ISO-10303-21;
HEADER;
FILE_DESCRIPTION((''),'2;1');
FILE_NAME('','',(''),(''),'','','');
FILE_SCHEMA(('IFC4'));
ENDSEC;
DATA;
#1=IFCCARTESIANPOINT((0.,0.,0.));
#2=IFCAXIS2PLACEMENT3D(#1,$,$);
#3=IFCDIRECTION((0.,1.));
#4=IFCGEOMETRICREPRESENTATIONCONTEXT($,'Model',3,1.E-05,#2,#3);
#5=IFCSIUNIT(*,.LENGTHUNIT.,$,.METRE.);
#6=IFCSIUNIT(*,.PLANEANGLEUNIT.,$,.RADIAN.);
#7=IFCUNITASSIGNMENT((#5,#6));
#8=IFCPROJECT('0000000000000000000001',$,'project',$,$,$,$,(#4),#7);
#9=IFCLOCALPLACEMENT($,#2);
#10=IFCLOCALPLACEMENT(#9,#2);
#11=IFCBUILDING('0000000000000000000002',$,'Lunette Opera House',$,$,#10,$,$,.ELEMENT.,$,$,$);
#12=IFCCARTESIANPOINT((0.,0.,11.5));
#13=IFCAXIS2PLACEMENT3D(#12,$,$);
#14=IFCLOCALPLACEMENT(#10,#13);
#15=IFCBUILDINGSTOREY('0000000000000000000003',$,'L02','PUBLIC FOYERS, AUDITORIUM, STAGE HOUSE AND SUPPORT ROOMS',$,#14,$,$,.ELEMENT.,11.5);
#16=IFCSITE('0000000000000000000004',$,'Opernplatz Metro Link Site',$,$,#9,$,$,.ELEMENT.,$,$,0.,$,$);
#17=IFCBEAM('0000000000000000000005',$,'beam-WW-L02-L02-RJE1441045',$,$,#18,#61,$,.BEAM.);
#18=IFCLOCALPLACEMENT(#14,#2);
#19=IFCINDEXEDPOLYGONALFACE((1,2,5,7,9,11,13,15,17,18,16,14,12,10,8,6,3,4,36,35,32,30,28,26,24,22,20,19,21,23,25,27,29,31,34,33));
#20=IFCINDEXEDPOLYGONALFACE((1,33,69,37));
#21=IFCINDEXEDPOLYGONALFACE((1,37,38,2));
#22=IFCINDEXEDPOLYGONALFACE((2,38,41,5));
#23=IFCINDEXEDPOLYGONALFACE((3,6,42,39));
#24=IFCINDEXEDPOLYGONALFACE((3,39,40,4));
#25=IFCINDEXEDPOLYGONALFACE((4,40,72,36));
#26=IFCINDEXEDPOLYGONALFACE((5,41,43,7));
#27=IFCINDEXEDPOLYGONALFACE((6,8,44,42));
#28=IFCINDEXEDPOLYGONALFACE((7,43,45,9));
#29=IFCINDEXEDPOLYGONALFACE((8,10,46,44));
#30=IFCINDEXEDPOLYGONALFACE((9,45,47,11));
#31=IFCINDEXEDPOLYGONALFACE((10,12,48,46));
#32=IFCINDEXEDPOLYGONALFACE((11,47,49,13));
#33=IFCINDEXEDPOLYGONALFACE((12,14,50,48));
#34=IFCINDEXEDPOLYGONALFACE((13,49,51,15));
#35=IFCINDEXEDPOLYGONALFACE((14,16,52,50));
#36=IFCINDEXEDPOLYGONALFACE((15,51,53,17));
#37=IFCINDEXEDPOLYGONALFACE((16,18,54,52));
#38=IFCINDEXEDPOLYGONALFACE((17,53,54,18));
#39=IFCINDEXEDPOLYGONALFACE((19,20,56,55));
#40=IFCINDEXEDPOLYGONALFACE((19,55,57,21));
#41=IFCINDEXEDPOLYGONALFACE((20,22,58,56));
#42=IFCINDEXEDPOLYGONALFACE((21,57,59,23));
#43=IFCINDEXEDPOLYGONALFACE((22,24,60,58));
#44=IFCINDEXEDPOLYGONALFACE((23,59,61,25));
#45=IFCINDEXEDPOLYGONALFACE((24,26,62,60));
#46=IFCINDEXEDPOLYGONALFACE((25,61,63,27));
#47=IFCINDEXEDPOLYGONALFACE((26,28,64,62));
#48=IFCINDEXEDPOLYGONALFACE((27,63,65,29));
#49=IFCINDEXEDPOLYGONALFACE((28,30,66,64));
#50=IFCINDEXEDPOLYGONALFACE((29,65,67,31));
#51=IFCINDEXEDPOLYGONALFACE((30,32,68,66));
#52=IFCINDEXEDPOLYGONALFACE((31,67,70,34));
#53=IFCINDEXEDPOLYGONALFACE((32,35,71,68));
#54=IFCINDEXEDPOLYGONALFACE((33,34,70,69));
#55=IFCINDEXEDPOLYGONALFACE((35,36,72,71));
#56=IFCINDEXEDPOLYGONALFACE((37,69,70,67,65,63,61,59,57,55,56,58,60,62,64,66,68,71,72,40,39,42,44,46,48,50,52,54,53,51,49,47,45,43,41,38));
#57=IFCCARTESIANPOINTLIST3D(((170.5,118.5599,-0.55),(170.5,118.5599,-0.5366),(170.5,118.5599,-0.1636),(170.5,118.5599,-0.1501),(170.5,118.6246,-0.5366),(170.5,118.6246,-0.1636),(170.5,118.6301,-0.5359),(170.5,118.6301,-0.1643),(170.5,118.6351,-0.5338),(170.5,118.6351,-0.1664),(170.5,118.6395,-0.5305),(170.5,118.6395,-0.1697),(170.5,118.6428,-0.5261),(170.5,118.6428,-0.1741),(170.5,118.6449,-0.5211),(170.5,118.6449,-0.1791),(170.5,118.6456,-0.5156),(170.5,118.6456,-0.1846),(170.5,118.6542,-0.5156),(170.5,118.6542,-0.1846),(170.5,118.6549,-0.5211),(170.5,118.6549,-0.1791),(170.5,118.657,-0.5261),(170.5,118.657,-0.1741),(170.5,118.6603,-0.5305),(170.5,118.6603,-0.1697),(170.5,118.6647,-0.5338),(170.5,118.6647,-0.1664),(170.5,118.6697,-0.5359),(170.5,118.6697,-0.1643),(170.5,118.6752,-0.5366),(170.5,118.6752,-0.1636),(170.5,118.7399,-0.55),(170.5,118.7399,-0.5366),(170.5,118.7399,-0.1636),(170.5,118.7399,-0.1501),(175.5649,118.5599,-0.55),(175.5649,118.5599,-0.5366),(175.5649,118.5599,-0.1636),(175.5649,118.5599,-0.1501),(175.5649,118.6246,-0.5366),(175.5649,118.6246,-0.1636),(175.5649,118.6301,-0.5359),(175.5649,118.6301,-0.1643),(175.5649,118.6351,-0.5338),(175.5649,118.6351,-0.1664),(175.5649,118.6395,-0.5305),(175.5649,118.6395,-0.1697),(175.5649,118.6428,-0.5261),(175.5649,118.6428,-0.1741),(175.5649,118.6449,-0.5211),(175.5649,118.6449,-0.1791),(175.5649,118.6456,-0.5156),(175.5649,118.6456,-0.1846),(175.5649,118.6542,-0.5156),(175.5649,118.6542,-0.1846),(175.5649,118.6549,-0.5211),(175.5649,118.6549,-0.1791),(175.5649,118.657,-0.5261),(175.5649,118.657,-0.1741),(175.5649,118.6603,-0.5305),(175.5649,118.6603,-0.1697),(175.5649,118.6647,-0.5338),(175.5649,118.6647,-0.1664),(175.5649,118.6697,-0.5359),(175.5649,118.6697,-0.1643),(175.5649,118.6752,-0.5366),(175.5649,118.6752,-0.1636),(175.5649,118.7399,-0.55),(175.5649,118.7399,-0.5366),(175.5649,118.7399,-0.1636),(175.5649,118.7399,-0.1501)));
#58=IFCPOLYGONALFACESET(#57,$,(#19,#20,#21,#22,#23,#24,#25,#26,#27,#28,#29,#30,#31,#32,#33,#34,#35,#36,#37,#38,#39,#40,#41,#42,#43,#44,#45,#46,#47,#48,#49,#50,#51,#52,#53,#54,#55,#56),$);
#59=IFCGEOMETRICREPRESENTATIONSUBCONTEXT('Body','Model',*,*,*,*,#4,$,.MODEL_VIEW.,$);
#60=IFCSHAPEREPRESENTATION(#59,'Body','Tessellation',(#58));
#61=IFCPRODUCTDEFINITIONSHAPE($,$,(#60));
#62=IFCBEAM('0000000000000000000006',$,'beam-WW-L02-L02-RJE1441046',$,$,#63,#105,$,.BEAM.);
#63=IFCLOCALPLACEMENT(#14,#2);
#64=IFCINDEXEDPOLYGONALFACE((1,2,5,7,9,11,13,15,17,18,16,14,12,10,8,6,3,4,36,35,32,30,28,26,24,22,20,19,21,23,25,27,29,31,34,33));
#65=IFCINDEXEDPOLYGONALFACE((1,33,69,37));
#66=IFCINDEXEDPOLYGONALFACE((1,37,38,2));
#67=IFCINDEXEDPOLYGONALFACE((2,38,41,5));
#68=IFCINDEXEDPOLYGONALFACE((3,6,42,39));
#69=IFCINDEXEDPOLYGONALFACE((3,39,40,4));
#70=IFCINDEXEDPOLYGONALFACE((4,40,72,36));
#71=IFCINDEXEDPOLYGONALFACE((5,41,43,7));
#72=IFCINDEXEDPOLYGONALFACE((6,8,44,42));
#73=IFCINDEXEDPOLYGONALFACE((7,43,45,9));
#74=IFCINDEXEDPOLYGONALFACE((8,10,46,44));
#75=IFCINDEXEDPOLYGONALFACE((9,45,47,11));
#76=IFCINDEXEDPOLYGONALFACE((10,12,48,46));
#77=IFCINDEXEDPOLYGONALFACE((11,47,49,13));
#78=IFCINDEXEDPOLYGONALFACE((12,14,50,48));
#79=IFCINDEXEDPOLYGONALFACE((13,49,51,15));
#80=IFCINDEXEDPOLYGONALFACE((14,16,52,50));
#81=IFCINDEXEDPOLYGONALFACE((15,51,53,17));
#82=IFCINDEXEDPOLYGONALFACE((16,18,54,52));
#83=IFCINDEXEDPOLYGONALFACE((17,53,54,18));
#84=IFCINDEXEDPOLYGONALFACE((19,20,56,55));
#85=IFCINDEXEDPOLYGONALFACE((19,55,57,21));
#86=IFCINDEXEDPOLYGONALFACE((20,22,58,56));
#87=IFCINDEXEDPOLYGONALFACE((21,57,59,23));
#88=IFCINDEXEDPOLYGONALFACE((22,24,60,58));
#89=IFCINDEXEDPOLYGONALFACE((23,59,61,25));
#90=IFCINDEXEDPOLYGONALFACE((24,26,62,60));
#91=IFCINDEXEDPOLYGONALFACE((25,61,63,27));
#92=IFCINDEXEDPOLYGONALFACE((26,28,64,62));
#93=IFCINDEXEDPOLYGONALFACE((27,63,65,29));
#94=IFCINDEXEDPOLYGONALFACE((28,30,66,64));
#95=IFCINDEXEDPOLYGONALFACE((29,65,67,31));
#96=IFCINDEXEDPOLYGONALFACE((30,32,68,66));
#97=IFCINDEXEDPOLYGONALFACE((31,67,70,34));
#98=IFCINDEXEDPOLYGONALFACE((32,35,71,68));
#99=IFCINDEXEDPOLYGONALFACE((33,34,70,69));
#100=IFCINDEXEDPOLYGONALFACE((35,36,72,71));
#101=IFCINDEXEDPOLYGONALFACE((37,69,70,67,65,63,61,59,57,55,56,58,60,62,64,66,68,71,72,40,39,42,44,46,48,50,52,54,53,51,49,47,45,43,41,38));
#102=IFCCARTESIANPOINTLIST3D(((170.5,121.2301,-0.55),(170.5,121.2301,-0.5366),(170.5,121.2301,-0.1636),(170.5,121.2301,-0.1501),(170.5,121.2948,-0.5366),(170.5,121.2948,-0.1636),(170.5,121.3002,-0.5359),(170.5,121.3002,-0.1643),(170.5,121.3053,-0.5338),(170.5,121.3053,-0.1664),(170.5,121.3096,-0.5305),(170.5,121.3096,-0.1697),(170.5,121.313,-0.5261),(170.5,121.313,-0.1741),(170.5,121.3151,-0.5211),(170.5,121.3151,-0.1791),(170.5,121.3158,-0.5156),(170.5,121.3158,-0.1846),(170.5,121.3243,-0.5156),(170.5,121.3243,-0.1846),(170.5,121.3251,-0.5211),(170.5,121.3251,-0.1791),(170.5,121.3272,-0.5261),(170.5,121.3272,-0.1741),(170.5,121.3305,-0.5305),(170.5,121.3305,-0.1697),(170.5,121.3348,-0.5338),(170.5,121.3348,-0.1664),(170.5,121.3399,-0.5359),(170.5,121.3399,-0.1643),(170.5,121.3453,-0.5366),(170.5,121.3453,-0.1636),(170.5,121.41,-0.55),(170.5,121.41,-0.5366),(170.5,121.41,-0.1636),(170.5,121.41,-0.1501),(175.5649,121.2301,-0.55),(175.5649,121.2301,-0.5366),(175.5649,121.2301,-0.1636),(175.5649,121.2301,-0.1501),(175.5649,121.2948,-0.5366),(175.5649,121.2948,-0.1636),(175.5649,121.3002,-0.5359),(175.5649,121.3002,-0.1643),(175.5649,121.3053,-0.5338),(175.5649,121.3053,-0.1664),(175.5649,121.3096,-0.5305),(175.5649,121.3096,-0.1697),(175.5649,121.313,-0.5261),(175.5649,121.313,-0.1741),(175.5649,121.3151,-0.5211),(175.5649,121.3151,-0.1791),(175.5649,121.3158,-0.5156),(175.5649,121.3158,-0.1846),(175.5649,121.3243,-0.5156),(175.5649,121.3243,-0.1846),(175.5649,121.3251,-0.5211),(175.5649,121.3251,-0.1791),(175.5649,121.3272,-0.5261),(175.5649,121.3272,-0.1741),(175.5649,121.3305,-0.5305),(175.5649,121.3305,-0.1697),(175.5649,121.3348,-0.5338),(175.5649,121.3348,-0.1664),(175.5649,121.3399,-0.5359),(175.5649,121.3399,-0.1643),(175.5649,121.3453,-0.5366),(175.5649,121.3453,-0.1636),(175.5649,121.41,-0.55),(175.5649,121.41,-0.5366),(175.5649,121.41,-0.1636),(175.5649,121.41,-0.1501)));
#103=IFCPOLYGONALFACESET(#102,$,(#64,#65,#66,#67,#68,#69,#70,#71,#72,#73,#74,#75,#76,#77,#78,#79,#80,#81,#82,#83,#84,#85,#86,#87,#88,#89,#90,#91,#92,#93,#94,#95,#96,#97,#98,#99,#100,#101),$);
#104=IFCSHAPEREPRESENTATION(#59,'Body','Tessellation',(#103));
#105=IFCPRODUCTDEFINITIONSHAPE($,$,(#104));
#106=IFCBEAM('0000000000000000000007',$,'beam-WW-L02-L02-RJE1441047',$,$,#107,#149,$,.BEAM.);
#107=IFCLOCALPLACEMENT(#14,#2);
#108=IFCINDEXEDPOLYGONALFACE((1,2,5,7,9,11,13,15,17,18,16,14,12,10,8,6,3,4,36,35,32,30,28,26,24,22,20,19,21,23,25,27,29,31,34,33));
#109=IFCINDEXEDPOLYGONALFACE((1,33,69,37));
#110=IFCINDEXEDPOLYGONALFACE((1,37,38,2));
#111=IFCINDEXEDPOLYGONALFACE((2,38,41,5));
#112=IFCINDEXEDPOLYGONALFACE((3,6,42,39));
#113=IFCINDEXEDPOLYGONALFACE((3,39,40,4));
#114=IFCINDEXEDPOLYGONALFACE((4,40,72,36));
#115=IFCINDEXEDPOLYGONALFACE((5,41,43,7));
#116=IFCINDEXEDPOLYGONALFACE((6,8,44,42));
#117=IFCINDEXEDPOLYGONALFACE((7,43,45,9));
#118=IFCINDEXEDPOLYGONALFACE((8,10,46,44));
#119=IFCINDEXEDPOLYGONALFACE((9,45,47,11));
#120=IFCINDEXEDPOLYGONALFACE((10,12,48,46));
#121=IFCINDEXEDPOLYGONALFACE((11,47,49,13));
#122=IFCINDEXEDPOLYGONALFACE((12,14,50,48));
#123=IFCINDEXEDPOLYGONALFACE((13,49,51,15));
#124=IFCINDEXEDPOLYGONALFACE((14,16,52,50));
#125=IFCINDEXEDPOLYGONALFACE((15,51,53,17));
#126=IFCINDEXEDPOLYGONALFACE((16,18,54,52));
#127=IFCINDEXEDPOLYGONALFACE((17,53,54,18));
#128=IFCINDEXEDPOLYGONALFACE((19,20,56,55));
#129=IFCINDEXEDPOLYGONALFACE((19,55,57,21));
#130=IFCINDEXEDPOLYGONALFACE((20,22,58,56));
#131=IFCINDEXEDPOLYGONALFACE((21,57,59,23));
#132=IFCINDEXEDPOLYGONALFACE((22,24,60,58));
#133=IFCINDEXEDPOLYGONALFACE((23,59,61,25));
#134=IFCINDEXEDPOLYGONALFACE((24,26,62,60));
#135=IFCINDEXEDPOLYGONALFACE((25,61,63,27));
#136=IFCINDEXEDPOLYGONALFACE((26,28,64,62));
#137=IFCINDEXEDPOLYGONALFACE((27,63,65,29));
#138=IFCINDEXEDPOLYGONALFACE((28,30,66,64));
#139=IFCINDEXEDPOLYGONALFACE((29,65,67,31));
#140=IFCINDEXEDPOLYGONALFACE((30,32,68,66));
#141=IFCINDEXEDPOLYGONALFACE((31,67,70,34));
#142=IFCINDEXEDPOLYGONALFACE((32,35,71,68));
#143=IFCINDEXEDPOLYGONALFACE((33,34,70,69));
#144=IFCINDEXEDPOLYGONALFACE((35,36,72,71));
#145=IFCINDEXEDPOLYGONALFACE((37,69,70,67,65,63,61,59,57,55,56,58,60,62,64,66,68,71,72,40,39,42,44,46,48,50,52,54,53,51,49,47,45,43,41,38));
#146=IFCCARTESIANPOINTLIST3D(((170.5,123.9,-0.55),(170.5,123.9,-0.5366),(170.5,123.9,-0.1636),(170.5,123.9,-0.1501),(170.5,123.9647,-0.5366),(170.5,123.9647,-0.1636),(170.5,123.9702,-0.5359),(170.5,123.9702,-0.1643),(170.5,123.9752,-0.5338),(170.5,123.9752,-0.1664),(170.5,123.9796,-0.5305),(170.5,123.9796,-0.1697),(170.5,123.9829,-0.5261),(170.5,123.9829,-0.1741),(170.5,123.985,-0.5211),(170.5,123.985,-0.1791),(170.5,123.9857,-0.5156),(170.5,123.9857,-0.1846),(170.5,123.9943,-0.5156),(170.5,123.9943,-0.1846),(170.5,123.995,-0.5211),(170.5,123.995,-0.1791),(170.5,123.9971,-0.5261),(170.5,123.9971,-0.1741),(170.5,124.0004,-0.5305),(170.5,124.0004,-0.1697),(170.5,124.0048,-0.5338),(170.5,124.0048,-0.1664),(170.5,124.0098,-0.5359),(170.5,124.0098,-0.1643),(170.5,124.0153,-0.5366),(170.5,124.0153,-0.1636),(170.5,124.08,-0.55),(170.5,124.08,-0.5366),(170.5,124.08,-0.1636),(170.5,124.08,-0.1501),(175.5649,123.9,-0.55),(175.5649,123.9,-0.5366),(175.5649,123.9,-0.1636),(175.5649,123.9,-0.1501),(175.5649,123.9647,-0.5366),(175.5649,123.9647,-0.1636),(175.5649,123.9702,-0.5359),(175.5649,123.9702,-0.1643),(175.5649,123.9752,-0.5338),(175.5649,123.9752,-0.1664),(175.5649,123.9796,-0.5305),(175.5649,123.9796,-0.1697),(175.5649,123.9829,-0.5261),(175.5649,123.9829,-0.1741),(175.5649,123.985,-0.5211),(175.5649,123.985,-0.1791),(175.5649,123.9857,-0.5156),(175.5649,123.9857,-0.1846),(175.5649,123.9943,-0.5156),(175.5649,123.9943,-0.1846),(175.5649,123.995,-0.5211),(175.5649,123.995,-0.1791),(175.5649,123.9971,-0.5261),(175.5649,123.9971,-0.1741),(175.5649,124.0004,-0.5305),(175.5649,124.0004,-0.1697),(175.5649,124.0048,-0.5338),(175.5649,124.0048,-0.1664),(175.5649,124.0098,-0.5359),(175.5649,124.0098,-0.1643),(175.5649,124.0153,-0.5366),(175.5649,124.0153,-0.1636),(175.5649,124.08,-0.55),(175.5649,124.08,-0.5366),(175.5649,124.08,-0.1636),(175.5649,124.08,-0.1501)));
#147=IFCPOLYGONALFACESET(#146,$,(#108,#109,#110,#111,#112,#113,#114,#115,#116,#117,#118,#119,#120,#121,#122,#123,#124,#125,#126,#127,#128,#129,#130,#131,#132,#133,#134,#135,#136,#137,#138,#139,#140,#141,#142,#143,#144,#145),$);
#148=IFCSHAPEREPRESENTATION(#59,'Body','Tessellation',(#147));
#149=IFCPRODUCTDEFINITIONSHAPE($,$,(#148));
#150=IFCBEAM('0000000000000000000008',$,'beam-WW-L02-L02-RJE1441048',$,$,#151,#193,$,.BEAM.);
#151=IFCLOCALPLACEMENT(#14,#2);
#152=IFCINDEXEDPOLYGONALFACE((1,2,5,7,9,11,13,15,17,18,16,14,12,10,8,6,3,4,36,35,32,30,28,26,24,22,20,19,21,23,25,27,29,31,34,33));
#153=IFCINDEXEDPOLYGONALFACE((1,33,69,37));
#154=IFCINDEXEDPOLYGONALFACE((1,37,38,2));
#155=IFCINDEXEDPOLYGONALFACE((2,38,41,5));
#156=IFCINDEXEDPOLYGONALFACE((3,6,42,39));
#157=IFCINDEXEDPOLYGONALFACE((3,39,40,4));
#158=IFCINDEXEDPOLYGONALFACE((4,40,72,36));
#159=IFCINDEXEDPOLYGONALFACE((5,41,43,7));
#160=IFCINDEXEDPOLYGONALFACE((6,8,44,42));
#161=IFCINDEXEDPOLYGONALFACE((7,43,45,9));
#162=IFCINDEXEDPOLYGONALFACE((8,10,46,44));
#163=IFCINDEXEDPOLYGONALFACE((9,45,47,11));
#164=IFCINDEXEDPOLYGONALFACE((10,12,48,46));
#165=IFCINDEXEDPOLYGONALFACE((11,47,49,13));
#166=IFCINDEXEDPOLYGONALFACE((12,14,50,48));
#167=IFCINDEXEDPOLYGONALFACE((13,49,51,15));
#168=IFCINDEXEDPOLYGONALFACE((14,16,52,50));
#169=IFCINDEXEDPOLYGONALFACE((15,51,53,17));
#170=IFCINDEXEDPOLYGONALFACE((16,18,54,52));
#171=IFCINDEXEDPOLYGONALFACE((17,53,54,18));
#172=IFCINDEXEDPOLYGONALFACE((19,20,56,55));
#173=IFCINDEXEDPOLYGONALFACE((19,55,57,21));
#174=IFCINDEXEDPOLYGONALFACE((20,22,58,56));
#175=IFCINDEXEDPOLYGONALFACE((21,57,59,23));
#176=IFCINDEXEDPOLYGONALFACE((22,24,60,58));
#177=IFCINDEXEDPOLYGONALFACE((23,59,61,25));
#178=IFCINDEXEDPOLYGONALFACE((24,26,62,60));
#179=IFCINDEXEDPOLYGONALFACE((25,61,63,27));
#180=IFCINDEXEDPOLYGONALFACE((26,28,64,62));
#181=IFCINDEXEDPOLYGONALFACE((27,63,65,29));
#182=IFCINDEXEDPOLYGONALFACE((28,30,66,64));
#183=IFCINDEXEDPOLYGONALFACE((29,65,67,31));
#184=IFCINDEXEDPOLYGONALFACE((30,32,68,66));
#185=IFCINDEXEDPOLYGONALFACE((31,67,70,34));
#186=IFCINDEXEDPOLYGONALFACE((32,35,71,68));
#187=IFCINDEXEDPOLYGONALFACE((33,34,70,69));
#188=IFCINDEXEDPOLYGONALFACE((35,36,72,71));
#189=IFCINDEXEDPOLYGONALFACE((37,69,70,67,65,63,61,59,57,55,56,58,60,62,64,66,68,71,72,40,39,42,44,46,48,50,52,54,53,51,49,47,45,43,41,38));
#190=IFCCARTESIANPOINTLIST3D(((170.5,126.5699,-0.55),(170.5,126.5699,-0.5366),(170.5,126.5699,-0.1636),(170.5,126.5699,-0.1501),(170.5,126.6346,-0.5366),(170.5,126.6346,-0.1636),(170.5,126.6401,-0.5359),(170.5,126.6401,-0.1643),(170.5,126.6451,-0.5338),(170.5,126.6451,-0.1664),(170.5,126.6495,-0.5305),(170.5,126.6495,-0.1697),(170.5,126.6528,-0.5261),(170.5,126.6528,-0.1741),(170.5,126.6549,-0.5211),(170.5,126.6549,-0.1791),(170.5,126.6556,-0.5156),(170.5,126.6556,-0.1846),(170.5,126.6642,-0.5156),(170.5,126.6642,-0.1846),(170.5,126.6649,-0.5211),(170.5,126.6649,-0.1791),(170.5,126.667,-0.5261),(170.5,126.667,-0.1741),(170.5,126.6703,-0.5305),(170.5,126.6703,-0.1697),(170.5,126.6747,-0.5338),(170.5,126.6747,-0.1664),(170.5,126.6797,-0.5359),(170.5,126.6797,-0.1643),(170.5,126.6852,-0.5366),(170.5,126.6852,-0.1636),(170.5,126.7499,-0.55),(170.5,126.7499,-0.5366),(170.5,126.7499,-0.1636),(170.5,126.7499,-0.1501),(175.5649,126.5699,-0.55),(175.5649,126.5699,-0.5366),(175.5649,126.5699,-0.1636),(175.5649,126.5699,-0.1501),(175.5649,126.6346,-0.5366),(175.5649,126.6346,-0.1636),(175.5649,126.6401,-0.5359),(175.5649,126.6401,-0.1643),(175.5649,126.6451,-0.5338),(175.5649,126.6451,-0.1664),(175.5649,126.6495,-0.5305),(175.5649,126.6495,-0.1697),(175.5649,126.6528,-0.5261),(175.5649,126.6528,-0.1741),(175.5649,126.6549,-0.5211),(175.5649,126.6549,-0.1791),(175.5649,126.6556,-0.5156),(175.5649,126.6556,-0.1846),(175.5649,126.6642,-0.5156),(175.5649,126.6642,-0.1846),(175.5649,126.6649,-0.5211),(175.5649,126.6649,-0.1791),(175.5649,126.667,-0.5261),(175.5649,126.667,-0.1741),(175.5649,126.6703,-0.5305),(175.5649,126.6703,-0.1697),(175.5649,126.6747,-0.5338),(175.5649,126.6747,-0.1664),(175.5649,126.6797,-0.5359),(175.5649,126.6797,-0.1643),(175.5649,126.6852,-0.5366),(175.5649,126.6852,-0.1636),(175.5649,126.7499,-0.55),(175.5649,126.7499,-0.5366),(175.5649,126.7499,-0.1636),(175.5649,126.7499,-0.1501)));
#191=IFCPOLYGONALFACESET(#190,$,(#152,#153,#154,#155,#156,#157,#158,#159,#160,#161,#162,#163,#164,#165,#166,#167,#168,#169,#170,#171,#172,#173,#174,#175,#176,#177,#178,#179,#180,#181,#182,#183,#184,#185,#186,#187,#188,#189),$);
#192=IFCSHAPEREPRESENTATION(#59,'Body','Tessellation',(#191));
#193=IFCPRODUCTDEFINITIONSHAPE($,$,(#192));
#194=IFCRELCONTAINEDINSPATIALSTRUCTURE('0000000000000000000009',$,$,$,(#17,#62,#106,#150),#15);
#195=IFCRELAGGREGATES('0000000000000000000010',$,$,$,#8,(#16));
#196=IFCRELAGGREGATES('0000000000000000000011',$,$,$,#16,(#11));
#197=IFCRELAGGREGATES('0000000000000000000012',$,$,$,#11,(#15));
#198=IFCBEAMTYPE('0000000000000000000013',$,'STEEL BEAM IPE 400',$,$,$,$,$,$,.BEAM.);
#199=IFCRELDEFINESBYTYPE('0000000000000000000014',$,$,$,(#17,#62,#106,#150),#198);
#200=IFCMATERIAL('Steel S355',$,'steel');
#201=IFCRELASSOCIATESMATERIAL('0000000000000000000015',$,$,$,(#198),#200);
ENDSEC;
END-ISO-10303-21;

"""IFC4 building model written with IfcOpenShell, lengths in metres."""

from ifc_helpers import new_model, si_unit, direction, frame, origin, origin_2d, place, context, subcontext, project, spatial, i_section, extrude, material, material_profile, profile_set, type_object, element, save


model = new_model("IFC4")

# Units and contexts
model_context = context("Model", 3, precision=1e-05, world=origin(), true_north=direction((0.0, 1.0)))
body_context = subcontext(model_context, "Body", "Model", "MODEL_VIEW")
ifc_project = project(units=[si_unit("LENGTHUNIT", "METRE"), si_unit("PLANEANGLEUNIT", "RADIAN")], contexts=[model_context])

# Site, building, storey
site_placement = place(None, origin())
site = spatial("IfcSite", under=ifc_project, at=site_placement, Name="Opernplatz Metro Link Site", CompositionType="ELEMENT", RefElevation=0.0)
building_placement = place(site_placement, origin())
building = spatial("IfcBuilding", under=site, at=building_placement, Name="Lunette Opera House", CompositionType="ELEMENT")
storey_placement = place(building_placement, frame((0.0, 0.0, 11.5)))
storey = spatial("IfcBuildingStorey", under=building, at=storey_placement, Name="L02", Description="PUBLIC FOYERS, AUDITORIUM, STAGE HOUSE AND SUPPORT ROOMS", CompositionType="ELEMENT", Elevation=11.5)

# Beams
ifc_material_1 = material(Name="Steel S355", Category="steel")
ifc_material_profile_1 = material_profile(ifc_material_1, i_section(OverallWidth=0.1799, OverallDepth=0.3999, WebThickness=0.0085, FlangeThickness=0.0134, FilletRadius=0.021, at=origin_2d()), Name="IPE 400")
ifc_profile_set_1 = profile_set([ifc_material_profile_1], Name="Steel S355")
beam_type_1 = type_object("IfcBeamType", Name="STEEL BEAM IPE 400", PredefinedType="BEAM", material=ifc_profile_set_1)
for number, where, z_axis, x_axis, name in (
    (1, (170.5, 118.6499, -0.3501), (1.0, 0.0, 0.0), (0.0, 1.0, 0.0), "beam-WW-L02-L02-RJE1441045"),
    (2, (170.5, 121.3201, -0.3501), (1.0, 0.0, 0.0), (0.0, 1.0, 0.0), "beam-WW-L02-L02-RJE1441046"),
    (3, (170.5, 123.99, -0.3501), (1.0, 0.0, 0.0), (0.0, 1.0, 0.0), "beam-WW-L02-L02-RJE1441047"),
    (4, (170.5, 126.6599, -0.3501), (1.0, 0.0, 0.0), (0.0, 1.0, 0.0), "beam-WW-L02-L02-RJE1441048"),
):
    element("IfcBeam", number, at=place(storey_placement, frame(where, z_axis=z_axis, x_axis=x_axis)), inside=storey, type_object=beam_type_1, Name=name, PredefinedType="BEAM", context=body_context, shape_type="SweptSolid", body=[
        extrude(i_section(OverallWidth=0.1799, OverallDepth=0.3999, WebThickness=0.0085, FlangeThickness=0.0134, FilletRadius=0.021, at=origin_2d()), origin(), (0.0, 0.0, 1.0), 5.0649),
    ])

save(model, "model.ifc")
